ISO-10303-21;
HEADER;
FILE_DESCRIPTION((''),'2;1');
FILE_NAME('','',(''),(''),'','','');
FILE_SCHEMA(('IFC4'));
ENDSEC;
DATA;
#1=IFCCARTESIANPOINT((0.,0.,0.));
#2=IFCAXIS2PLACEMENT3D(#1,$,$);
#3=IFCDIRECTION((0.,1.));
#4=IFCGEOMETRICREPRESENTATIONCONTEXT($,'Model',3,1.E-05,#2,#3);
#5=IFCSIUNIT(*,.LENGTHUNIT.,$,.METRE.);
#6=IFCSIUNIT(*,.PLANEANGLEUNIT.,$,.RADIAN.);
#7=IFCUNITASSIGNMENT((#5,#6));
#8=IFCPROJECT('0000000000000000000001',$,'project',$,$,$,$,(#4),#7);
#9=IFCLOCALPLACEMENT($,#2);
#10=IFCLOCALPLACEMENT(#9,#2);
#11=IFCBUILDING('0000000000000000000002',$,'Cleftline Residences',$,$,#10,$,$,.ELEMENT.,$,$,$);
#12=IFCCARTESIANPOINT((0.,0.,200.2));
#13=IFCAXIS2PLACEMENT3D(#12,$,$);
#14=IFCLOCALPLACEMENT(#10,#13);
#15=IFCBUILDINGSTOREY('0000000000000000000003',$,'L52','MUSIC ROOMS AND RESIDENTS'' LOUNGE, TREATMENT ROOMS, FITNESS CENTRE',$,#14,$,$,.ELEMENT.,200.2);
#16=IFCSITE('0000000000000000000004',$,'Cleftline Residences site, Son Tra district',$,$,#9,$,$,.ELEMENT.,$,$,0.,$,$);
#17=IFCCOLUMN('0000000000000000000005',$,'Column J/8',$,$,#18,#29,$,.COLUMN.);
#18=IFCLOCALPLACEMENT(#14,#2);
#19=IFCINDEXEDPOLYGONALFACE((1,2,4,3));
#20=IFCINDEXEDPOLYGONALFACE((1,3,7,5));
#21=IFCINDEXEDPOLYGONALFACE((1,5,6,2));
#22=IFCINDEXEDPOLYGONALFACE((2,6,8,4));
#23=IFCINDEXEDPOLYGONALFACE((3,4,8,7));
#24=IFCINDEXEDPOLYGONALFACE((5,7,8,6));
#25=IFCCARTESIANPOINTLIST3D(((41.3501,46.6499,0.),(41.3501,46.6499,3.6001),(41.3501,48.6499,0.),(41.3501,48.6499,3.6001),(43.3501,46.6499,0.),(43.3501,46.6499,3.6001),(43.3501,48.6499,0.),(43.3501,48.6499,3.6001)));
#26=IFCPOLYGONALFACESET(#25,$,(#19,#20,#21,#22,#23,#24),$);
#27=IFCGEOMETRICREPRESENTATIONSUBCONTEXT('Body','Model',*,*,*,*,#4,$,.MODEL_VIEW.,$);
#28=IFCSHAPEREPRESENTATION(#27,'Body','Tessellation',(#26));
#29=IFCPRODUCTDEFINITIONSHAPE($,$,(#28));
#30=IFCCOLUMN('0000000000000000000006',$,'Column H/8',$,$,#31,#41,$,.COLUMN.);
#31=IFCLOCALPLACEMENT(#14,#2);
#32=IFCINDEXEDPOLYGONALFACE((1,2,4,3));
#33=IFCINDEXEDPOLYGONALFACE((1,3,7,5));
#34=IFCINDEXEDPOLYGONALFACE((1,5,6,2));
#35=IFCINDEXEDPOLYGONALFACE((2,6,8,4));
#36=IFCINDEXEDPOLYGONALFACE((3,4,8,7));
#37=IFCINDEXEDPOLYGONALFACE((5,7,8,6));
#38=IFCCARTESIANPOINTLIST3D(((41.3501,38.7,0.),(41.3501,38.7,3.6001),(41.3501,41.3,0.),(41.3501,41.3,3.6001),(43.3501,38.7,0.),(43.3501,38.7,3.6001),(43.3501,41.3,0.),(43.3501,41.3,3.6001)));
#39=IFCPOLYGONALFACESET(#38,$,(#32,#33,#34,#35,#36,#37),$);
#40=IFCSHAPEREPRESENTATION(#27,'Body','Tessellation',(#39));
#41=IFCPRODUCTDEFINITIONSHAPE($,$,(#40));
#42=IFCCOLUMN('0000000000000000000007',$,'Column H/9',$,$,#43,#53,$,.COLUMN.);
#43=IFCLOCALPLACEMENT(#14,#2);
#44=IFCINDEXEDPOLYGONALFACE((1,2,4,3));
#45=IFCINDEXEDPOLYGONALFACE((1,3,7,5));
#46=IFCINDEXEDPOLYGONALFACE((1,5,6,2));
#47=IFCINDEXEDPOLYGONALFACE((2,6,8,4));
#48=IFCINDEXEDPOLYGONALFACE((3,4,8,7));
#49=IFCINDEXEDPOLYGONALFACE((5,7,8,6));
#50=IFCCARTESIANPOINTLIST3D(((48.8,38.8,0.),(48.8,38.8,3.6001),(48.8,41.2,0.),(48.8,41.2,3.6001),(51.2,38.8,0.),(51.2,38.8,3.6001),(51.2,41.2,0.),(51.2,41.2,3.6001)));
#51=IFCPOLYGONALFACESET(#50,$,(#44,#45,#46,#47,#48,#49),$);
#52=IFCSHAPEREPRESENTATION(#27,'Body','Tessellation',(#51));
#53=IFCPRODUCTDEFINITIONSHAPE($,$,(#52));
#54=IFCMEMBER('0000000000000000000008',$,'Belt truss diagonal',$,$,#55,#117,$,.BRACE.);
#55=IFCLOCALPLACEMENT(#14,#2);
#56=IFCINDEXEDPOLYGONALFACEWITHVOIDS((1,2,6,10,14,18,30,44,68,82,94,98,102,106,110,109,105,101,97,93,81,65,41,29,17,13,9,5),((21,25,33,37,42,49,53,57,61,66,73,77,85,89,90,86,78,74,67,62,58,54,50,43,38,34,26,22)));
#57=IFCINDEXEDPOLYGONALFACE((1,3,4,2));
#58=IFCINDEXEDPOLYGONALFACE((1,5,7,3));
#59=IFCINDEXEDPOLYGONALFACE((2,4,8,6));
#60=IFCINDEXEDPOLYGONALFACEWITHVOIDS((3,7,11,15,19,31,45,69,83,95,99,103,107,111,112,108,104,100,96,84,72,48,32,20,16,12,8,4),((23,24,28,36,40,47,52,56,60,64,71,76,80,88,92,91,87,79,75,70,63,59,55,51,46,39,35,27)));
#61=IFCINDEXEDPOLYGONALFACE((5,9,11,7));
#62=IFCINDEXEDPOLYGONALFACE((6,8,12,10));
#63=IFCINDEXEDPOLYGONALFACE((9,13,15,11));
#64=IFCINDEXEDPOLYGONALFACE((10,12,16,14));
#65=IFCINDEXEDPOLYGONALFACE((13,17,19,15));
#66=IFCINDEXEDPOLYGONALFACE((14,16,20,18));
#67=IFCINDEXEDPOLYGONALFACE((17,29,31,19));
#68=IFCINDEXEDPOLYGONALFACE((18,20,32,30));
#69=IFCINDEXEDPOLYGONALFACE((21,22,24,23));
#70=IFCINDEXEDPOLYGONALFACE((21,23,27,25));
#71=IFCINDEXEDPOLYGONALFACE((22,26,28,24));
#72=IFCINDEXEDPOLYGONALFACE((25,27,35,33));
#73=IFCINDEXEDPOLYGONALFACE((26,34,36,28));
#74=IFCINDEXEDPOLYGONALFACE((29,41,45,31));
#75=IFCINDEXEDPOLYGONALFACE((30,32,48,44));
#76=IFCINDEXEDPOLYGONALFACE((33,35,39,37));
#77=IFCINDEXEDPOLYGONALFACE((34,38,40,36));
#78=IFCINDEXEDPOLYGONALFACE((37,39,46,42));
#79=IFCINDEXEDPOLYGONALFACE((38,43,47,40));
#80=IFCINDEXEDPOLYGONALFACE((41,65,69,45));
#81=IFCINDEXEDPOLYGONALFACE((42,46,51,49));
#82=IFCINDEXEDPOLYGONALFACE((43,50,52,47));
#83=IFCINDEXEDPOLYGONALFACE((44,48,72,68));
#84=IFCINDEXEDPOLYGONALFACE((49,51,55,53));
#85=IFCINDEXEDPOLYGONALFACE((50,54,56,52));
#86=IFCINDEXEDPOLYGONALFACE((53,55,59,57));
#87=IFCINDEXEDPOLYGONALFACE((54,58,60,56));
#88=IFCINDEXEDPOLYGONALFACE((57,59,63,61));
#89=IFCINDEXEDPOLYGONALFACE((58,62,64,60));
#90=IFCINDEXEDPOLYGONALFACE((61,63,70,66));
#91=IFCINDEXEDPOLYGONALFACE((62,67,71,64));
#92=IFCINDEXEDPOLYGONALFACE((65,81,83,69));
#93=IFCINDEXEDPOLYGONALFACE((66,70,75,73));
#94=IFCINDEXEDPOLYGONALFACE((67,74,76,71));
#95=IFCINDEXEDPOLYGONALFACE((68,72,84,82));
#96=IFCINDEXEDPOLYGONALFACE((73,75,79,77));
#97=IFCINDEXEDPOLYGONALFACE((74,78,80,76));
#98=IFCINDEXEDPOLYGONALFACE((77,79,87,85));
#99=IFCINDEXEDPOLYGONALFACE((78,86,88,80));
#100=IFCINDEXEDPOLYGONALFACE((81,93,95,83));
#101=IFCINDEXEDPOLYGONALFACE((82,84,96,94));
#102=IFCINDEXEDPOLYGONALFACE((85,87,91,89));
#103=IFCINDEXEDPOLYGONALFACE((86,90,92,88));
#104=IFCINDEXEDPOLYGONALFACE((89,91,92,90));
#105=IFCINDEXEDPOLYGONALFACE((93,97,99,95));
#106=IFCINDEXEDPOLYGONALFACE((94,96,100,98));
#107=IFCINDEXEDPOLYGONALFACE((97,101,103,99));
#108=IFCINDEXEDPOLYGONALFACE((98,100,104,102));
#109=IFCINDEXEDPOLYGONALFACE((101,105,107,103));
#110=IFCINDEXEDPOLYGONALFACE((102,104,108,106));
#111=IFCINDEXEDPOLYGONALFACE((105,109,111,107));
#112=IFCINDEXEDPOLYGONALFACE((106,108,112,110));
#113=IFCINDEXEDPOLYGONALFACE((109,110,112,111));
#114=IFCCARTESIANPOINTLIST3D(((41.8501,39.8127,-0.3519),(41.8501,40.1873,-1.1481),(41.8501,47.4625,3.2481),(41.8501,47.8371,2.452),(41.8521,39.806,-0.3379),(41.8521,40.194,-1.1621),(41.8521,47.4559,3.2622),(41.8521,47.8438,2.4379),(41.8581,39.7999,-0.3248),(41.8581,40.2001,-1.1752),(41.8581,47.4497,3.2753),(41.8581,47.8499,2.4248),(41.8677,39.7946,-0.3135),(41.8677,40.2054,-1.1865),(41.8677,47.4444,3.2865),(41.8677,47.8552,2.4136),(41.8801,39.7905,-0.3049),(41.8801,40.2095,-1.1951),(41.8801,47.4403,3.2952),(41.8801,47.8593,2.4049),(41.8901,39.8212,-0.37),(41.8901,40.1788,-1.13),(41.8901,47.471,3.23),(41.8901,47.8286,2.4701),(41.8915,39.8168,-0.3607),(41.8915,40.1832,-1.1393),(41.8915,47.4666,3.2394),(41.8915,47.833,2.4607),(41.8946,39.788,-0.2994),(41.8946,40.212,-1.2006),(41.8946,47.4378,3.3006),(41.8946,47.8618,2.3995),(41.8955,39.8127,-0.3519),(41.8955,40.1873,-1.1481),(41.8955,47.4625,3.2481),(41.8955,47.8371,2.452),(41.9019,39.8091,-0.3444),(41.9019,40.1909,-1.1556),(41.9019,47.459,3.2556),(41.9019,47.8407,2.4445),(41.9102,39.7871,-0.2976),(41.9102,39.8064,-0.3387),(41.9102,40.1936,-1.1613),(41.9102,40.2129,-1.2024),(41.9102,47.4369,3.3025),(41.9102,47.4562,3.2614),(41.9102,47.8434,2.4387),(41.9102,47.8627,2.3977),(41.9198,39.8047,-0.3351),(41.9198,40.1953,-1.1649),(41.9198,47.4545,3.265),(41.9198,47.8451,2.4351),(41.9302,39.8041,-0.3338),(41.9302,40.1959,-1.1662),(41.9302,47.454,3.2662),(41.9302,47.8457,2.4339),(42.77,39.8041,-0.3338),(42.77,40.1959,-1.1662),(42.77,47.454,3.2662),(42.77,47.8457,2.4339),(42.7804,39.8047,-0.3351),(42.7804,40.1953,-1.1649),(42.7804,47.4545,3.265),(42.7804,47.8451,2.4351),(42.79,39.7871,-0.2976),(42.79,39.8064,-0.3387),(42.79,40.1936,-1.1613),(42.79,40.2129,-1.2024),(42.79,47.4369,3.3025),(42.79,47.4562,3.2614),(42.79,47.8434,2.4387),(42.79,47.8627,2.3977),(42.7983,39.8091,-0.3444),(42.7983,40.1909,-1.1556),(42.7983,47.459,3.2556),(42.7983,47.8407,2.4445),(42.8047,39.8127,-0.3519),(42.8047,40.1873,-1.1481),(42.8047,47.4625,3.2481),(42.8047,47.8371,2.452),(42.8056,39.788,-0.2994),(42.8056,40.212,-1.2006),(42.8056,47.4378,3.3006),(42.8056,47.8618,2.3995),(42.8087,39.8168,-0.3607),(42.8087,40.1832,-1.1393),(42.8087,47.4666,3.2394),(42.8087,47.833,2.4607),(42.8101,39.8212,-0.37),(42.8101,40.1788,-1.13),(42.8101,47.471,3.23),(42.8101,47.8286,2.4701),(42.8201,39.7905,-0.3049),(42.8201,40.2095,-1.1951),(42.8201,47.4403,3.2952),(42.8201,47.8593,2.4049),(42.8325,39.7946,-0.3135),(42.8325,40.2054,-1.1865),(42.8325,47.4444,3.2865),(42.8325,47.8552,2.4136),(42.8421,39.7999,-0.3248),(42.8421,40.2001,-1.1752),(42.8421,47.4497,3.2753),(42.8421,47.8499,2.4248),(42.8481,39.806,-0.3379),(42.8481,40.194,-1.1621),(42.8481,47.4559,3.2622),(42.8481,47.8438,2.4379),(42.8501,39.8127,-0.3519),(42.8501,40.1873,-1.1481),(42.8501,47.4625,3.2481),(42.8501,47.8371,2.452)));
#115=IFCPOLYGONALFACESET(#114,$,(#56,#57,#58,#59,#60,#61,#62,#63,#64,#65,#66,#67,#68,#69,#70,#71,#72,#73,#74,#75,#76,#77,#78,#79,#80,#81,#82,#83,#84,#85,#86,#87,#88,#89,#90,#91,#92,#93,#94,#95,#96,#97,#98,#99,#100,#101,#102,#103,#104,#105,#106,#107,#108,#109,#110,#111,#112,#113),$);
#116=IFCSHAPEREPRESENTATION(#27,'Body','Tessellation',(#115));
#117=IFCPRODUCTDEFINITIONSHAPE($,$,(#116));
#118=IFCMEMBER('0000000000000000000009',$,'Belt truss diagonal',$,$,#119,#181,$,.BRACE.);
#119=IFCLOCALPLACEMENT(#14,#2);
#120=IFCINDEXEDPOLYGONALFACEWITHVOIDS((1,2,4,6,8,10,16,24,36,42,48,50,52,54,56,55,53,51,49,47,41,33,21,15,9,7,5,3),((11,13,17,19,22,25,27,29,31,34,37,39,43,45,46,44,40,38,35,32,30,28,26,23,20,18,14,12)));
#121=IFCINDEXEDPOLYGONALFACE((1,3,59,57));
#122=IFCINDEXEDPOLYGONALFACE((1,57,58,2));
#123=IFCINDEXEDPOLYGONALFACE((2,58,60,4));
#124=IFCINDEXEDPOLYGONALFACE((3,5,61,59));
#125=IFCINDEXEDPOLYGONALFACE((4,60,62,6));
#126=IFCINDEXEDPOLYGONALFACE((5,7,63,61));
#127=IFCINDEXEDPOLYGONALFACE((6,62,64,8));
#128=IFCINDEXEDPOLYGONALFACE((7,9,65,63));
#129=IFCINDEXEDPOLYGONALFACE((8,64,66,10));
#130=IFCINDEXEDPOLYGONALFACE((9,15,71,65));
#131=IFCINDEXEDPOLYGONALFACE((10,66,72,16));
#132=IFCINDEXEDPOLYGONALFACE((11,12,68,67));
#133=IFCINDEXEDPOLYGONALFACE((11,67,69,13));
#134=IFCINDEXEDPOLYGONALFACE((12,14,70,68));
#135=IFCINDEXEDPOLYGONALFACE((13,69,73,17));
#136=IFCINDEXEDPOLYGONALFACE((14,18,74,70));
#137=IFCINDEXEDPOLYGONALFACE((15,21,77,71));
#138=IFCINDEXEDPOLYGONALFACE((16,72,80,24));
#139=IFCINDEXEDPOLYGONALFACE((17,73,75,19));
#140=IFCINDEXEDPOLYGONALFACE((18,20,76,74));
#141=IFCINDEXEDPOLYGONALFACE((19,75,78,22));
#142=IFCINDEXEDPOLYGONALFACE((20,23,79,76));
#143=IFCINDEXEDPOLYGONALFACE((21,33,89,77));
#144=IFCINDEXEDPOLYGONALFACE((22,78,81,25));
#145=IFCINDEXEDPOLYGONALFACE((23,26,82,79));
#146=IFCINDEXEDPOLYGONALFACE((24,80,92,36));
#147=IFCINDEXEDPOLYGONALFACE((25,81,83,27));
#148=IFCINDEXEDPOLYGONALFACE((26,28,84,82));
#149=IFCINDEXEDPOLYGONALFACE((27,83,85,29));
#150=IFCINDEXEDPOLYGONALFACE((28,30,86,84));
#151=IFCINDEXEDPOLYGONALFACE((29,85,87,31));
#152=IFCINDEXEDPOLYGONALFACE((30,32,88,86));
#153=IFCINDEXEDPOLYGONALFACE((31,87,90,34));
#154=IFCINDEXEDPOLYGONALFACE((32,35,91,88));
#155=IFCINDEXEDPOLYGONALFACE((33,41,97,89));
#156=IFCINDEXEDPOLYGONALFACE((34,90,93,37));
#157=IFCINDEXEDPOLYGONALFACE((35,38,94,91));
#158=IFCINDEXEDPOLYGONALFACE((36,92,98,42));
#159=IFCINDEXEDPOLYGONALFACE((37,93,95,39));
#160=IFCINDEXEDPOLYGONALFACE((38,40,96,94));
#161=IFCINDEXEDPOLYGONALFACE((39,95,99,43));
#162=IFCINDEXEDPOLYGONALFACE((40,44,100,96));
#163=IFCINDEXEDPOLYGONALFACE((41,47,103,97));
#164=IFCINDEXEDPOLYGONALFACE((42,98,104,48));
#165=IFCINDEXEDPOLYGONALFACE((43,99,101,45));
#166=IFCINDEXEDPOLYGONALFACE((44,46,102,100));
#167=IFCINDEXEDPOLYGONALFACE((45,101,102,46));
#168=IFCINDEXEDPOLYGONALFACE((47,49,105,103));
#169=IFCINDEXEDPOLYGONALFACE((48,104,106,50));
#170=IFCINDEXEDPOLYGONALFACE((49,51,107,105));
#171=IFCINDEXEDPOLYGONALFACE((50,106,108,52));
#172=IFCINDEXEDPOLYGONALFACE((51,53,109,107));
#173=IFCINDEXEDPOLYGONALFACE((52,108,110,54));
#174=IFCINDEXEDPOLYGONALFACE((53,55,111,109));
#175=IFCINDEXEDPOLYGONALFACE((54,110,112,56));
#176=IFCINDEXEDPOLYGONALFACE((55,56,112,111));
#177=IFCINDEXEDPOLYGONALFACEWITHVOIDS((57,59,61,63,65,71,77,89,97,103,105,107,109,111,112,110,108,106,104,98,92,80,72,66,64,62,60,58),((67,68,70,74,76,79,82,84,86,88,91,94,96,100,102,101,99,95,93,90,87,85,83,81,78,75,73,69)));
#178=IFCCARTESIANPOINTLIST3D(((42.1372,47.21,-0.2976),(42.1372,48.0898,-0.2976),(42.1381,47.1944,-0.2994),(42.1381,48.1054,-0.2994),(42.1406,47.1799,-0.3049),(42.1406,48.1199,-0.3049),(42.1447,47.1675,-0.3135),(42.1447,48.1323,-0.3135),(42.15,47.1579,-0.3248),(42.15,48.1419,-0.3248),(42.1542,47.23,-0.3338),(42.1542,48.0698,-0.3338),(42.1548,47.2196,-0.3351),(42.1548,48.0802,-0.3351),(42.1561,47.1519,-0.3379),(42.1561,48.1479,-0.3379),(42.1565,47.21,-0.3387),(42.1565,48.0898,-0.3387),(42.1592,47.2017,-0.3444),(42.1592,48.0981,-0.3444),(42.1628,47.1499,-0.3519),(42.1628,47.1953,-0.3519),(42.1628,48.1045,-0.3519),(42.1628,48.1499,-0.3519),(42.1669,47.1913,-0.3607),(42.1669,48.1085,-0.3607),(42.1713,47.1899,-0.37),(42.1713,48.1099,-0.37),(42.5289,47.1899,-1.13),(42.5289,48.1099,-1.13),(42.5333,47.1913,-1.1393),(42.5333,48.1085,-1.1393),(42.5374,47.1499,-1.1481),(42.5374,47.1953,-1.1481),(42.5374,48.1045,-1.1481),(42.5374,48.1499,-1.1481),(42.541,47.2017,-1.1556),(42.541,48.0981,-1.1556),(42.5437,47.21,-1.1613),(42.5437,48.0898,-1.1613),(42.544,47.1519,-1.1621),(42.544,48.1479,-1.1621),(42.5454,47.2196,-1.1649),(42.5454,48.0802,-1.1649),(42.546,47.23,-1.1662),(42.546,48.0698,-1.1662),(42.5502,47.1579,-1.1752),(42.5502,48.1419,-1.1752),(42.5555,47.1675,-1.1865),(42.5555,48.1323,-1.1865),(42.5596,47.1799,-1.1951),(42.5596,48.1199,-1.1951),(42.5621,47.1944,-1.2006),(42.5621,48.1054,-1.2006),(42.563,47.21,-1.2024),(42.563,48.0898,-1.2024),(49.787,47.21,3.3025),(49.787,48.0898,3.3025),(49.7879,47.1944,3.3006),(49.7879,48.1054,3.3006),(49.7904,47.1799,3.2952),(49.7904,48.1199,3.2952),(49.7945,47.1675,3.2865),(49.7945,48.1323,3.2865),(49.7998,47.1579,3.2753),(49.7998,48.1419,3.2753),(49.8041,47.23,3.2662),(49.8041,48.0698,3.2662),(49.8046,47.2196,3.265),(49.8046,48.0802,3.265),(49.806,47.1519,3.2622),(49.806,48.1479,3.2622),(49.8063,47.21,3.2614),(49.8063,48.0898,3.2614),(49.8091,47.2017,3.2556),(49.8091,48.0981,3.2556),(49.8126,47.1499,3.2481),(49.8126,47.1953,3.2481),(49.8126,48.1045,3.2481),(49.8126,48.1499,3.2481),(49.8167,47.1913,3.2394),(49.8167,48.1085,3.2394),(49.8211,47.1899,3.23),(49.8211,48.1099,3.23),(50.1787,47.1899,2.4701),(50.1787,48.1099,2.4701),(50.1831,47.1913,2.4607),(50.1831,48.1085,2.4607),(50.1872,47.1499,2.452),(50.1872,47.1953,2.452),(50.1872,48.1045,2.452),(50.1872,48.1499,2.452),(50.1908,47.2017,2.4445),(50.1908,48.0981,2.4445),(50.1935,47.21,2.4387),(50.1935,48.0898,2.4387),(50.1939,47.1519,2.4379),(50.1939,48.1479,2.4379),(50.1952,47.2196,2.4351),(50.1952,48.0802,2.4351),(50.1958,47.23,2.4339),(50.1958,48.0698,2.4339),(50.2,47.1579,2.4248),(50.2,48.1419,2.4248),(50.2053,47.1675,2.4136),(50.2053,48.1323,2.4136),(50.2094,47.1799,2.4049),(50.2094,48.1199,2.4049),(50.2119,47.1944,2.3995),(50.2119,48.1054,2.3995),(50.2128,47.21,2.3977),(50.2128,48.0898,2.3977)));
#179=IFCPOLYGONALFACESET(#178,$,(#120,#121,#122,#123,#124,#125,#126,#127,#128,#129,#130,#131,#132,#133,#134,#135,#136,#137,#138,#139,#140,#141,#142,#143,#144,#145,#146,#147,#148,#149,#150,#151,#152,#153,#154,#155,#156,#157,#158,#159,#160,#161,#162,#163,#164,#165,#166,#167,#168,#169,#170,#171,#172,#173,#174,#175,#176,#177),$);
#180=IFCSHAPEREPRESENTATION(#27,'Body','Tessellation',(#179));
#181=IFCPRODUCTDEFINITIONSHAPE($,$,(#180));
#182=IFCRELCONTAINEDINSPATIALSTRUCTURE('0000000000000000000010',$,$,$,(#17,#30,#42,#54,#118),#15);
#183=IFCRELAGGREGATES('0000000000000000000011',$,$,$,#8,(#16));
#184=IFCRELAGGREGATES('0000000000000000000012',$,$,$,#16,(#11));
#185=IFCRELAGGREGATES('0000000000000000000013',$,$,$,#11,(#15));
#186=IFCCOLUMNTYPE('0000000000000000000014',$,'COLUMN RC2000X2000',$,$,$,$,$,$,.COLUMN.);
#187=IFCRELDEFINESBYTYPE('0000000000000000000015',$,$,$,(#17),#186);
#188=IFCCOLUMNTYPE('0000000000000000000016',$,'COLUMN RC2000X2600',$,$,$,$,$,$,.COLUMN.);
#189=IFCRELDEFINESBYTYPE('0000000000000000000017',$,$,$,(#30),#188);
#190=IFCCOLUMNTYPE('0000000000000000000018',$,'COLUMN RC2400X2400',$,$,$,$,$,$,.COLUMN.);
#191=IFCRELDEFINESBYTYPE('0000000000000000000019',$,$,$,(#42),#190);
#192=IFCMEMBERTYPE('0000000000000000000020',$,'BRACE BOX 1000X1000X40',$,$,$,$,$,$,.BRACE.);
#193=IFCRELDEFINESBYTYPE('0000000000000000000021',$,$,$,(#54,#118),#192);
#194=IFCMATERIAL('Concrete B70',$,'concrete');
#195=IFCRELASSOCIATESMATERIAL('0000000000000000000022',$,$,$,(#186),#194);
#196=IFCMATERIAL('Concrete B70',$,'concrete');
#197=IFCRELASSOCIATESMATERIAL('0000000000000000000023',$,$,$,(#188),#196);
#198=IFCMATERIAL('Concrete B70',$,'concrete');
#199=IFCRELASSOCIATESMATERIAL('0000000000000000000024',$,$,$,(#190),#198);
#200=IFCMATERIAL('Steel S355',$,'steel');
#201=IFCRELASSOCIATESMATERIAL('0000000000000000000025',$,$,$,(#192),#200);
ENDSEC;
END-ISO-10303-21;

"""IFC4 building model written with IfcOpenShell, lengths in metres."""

from ifc_helpers import new_model, si_unit, direction, frame, origin, origin_2d, place, context, subcontext, project, spatial, rectangle, hollow_rectangle, extrude, material, material_profile, profile_set, type_object, element, save


model = new_model("IFC4")

# Units and contexts
model_context = context("Model", 3, precision=1e-05, world=origin(), true_north=direction((0.0, 1.0)))
body_context = subcontext(model_context, "Body", "Model", "MODEL_VIEW")
ifc_project = project(units=[si_unit("LENGTHUNIT", "METRE"), si_unit("PLANEANGLEUNIT", "RADIAN")], contexts=[model_context])

# Site, building, storey
site_placement = place(None, origin())
site = spatial("IfcSite", under=ifc_project, at=site_placement, Name="Cleftline Residences site, Son Tra district", CompositionType="ELEMENT", RefElevation=0.0)
building_placement = place(site_placement, origin())
building = spatial("IfcBuilding", under=site, at=building_placement, Name="Cleftline Residences", CompositionType="ELEMENT")
storey_placement = place(building_placement, frame((0.0, 0.0, 200.2)))
storey = spatial("IfcBuildingStorey", under=building, at=storey_placement, Name="L52", Description="MUSIC ROOMS AND RESIDENTS' LOUNGE, TREATMENT ROOMS, FITNESS CENTRE", CompositionType="ELEMENT", Elevation=200.2)

# Columns
ifc_material_1 = material(Name="Concrete B70", Category="concrete")
ifc_material_profile_1 = material_profile(ifc_material_1, rectangle(XDim=2.0, YDim=2.0, at=origin_2d()))
ifc_profile_set_1 = profile_set([ifc_material_profile_1], Name="Concrete B70")
column_type_1 = type_object("IfcColumnType", Name="COLUMN RC2000X2000", PredefinedType="COLUMN", material=ifc_profile_set_1)
column_1_placement = place(storey_placement, frame((42.3501, 47.6499, 0.0), z_axis=(0.0, 0.0, 1.0), x_axis=(1.0, 0.0, 0.0)))
element("IfcColumn", 1, at=column_1_placement, inside=storey, type_object=column_type_1, Name="Column J/8", PredefinedType="COLUMN", context=body_context, shape_type="SweptSolid", body=[
    extrude(rectangle(XDim=2.0, YDim=2.0, at=origin_2d()), origin(), (0.0, 0.0, 1.0), 3.6001),
])
ifc_material_2 = material(Name="Concrete B70", Category="concrete")
ifc_material_profile_2 = material_profile(ifc_material_2, rectangle(XDim=2.0, YDim=2.6001, at=origin_2d()))
ifc_profile_set_2 = profile_set([ifc_material_profile_2], Name="Concrete B70")
column_type_2 = type_object("IfcColumnType", Name="COLUMN RC2000X2600", PredefinedType="COLUMN", material=ifc_profile_set_2)
column_2_placement = place(storey_placement, frame((42.3501, 40.0, 0.0), z_axis=(0.0, 0.0, 1.0), x_axis=(1.0, 0.0, 0.0)))
element("IfcColumn", 2, at=column_2_placement, inside=storey, type_object=column_type_2, Name="Column H/8", PredefinedType="COLUMN", context=body_context, shape_type="SweptSolid", body=[
    extrude(rectangle(XDim=2.0, YDim=2.6001, at=origin_2d()), origin(), (0.0, 0.0, 1.0), 3.6001),
])
ifc_material_3 = material(Name="Concrete B70", Category="concrete")
ifc_material_profile_3 = material_profile(ifc_material_3, rectangle(XDim=2.3999, YDim=2.3999, at=origin_2d()))
ifc_profile_set_3 = profile_set([ifc_material_profile_3], Name="Concrete B70")
column_type_3 = type_object("IfcColumnType", Name="COLUMN RC2400X2400", PredefinedType="COLUMN", material=ifc_profile_set_3)
column_3_placement = place(storey_placement, frame((50.0, 40.0, 0.0), z_axis=(0.0, 0.0, 1.0), x_axis=(1.0, 0.0, 0.0)))
element("IfcColumn", 3, at=column_3_placement, inside=storey, type_object=column_type_3, Name="Column H/9", PredefinedType="COLUMN", context=body_context, shape_type="SweptSolid", body=[
    extrude(rectangle(XDim=2.3999, YDim=2.3999, at=origin_2d()), origin(), (0.0, 0.0, 1.0), 3.6001),
])

# Members
ifc_material_4 = material(Name="Steel S355", Category="steel")
ifc_material_profile_4 = material_profile(ifc_material_4, hollow_rectangle(XDim=1.0, YDim=1.0, WallThickness=0.04, InnerFilletRadius=0.04, OuterFilletRadius=0.0601, at=origin_2d()))
ifc_profile_set_4 = profile_set([ifc_material_profile_4], Name="Steel S355")
member_type_1 = type_object("IfcMemberType", Name="BRACE BOX 1000X1000X40", PredefinedType="BRACE", material=ifc_profile_set_4)
for number, where, z_axis, x_axis, name in (
    (4, (42.3501, 40.0, -0.75), (0.0, 0.904812, 0.425811), (0.0, -0.425811, 0.904812), "Belt truss diagonal"),
    (5, (42.3501, 47.6499, -0.75), (0.904812, 0.0, 0.425811), (-0.425811, 0.0, 0.904812), "Belt truss diagonal"),
):
    element("IfcMember", number, at=place(storey_placement, frame(where, z_axis=z_axis, x_axis=x_axis)), inside=storey, type_object=member_type_1, Name=name, PredefinedType="BRACE", context=body_context, shape_type="SweptSolid", body=[
        extrude(hollow_rectangle(XDim=1.0, YDim=1.0, WallThickness=0.04, InnerFilletRadius=0.04, OuterFilletRadius=0.0601, at=origin_2d()), origin(), (0.0, 0.0, 1.0), 8.4546),
    ])

save(model, "model.ifc")
